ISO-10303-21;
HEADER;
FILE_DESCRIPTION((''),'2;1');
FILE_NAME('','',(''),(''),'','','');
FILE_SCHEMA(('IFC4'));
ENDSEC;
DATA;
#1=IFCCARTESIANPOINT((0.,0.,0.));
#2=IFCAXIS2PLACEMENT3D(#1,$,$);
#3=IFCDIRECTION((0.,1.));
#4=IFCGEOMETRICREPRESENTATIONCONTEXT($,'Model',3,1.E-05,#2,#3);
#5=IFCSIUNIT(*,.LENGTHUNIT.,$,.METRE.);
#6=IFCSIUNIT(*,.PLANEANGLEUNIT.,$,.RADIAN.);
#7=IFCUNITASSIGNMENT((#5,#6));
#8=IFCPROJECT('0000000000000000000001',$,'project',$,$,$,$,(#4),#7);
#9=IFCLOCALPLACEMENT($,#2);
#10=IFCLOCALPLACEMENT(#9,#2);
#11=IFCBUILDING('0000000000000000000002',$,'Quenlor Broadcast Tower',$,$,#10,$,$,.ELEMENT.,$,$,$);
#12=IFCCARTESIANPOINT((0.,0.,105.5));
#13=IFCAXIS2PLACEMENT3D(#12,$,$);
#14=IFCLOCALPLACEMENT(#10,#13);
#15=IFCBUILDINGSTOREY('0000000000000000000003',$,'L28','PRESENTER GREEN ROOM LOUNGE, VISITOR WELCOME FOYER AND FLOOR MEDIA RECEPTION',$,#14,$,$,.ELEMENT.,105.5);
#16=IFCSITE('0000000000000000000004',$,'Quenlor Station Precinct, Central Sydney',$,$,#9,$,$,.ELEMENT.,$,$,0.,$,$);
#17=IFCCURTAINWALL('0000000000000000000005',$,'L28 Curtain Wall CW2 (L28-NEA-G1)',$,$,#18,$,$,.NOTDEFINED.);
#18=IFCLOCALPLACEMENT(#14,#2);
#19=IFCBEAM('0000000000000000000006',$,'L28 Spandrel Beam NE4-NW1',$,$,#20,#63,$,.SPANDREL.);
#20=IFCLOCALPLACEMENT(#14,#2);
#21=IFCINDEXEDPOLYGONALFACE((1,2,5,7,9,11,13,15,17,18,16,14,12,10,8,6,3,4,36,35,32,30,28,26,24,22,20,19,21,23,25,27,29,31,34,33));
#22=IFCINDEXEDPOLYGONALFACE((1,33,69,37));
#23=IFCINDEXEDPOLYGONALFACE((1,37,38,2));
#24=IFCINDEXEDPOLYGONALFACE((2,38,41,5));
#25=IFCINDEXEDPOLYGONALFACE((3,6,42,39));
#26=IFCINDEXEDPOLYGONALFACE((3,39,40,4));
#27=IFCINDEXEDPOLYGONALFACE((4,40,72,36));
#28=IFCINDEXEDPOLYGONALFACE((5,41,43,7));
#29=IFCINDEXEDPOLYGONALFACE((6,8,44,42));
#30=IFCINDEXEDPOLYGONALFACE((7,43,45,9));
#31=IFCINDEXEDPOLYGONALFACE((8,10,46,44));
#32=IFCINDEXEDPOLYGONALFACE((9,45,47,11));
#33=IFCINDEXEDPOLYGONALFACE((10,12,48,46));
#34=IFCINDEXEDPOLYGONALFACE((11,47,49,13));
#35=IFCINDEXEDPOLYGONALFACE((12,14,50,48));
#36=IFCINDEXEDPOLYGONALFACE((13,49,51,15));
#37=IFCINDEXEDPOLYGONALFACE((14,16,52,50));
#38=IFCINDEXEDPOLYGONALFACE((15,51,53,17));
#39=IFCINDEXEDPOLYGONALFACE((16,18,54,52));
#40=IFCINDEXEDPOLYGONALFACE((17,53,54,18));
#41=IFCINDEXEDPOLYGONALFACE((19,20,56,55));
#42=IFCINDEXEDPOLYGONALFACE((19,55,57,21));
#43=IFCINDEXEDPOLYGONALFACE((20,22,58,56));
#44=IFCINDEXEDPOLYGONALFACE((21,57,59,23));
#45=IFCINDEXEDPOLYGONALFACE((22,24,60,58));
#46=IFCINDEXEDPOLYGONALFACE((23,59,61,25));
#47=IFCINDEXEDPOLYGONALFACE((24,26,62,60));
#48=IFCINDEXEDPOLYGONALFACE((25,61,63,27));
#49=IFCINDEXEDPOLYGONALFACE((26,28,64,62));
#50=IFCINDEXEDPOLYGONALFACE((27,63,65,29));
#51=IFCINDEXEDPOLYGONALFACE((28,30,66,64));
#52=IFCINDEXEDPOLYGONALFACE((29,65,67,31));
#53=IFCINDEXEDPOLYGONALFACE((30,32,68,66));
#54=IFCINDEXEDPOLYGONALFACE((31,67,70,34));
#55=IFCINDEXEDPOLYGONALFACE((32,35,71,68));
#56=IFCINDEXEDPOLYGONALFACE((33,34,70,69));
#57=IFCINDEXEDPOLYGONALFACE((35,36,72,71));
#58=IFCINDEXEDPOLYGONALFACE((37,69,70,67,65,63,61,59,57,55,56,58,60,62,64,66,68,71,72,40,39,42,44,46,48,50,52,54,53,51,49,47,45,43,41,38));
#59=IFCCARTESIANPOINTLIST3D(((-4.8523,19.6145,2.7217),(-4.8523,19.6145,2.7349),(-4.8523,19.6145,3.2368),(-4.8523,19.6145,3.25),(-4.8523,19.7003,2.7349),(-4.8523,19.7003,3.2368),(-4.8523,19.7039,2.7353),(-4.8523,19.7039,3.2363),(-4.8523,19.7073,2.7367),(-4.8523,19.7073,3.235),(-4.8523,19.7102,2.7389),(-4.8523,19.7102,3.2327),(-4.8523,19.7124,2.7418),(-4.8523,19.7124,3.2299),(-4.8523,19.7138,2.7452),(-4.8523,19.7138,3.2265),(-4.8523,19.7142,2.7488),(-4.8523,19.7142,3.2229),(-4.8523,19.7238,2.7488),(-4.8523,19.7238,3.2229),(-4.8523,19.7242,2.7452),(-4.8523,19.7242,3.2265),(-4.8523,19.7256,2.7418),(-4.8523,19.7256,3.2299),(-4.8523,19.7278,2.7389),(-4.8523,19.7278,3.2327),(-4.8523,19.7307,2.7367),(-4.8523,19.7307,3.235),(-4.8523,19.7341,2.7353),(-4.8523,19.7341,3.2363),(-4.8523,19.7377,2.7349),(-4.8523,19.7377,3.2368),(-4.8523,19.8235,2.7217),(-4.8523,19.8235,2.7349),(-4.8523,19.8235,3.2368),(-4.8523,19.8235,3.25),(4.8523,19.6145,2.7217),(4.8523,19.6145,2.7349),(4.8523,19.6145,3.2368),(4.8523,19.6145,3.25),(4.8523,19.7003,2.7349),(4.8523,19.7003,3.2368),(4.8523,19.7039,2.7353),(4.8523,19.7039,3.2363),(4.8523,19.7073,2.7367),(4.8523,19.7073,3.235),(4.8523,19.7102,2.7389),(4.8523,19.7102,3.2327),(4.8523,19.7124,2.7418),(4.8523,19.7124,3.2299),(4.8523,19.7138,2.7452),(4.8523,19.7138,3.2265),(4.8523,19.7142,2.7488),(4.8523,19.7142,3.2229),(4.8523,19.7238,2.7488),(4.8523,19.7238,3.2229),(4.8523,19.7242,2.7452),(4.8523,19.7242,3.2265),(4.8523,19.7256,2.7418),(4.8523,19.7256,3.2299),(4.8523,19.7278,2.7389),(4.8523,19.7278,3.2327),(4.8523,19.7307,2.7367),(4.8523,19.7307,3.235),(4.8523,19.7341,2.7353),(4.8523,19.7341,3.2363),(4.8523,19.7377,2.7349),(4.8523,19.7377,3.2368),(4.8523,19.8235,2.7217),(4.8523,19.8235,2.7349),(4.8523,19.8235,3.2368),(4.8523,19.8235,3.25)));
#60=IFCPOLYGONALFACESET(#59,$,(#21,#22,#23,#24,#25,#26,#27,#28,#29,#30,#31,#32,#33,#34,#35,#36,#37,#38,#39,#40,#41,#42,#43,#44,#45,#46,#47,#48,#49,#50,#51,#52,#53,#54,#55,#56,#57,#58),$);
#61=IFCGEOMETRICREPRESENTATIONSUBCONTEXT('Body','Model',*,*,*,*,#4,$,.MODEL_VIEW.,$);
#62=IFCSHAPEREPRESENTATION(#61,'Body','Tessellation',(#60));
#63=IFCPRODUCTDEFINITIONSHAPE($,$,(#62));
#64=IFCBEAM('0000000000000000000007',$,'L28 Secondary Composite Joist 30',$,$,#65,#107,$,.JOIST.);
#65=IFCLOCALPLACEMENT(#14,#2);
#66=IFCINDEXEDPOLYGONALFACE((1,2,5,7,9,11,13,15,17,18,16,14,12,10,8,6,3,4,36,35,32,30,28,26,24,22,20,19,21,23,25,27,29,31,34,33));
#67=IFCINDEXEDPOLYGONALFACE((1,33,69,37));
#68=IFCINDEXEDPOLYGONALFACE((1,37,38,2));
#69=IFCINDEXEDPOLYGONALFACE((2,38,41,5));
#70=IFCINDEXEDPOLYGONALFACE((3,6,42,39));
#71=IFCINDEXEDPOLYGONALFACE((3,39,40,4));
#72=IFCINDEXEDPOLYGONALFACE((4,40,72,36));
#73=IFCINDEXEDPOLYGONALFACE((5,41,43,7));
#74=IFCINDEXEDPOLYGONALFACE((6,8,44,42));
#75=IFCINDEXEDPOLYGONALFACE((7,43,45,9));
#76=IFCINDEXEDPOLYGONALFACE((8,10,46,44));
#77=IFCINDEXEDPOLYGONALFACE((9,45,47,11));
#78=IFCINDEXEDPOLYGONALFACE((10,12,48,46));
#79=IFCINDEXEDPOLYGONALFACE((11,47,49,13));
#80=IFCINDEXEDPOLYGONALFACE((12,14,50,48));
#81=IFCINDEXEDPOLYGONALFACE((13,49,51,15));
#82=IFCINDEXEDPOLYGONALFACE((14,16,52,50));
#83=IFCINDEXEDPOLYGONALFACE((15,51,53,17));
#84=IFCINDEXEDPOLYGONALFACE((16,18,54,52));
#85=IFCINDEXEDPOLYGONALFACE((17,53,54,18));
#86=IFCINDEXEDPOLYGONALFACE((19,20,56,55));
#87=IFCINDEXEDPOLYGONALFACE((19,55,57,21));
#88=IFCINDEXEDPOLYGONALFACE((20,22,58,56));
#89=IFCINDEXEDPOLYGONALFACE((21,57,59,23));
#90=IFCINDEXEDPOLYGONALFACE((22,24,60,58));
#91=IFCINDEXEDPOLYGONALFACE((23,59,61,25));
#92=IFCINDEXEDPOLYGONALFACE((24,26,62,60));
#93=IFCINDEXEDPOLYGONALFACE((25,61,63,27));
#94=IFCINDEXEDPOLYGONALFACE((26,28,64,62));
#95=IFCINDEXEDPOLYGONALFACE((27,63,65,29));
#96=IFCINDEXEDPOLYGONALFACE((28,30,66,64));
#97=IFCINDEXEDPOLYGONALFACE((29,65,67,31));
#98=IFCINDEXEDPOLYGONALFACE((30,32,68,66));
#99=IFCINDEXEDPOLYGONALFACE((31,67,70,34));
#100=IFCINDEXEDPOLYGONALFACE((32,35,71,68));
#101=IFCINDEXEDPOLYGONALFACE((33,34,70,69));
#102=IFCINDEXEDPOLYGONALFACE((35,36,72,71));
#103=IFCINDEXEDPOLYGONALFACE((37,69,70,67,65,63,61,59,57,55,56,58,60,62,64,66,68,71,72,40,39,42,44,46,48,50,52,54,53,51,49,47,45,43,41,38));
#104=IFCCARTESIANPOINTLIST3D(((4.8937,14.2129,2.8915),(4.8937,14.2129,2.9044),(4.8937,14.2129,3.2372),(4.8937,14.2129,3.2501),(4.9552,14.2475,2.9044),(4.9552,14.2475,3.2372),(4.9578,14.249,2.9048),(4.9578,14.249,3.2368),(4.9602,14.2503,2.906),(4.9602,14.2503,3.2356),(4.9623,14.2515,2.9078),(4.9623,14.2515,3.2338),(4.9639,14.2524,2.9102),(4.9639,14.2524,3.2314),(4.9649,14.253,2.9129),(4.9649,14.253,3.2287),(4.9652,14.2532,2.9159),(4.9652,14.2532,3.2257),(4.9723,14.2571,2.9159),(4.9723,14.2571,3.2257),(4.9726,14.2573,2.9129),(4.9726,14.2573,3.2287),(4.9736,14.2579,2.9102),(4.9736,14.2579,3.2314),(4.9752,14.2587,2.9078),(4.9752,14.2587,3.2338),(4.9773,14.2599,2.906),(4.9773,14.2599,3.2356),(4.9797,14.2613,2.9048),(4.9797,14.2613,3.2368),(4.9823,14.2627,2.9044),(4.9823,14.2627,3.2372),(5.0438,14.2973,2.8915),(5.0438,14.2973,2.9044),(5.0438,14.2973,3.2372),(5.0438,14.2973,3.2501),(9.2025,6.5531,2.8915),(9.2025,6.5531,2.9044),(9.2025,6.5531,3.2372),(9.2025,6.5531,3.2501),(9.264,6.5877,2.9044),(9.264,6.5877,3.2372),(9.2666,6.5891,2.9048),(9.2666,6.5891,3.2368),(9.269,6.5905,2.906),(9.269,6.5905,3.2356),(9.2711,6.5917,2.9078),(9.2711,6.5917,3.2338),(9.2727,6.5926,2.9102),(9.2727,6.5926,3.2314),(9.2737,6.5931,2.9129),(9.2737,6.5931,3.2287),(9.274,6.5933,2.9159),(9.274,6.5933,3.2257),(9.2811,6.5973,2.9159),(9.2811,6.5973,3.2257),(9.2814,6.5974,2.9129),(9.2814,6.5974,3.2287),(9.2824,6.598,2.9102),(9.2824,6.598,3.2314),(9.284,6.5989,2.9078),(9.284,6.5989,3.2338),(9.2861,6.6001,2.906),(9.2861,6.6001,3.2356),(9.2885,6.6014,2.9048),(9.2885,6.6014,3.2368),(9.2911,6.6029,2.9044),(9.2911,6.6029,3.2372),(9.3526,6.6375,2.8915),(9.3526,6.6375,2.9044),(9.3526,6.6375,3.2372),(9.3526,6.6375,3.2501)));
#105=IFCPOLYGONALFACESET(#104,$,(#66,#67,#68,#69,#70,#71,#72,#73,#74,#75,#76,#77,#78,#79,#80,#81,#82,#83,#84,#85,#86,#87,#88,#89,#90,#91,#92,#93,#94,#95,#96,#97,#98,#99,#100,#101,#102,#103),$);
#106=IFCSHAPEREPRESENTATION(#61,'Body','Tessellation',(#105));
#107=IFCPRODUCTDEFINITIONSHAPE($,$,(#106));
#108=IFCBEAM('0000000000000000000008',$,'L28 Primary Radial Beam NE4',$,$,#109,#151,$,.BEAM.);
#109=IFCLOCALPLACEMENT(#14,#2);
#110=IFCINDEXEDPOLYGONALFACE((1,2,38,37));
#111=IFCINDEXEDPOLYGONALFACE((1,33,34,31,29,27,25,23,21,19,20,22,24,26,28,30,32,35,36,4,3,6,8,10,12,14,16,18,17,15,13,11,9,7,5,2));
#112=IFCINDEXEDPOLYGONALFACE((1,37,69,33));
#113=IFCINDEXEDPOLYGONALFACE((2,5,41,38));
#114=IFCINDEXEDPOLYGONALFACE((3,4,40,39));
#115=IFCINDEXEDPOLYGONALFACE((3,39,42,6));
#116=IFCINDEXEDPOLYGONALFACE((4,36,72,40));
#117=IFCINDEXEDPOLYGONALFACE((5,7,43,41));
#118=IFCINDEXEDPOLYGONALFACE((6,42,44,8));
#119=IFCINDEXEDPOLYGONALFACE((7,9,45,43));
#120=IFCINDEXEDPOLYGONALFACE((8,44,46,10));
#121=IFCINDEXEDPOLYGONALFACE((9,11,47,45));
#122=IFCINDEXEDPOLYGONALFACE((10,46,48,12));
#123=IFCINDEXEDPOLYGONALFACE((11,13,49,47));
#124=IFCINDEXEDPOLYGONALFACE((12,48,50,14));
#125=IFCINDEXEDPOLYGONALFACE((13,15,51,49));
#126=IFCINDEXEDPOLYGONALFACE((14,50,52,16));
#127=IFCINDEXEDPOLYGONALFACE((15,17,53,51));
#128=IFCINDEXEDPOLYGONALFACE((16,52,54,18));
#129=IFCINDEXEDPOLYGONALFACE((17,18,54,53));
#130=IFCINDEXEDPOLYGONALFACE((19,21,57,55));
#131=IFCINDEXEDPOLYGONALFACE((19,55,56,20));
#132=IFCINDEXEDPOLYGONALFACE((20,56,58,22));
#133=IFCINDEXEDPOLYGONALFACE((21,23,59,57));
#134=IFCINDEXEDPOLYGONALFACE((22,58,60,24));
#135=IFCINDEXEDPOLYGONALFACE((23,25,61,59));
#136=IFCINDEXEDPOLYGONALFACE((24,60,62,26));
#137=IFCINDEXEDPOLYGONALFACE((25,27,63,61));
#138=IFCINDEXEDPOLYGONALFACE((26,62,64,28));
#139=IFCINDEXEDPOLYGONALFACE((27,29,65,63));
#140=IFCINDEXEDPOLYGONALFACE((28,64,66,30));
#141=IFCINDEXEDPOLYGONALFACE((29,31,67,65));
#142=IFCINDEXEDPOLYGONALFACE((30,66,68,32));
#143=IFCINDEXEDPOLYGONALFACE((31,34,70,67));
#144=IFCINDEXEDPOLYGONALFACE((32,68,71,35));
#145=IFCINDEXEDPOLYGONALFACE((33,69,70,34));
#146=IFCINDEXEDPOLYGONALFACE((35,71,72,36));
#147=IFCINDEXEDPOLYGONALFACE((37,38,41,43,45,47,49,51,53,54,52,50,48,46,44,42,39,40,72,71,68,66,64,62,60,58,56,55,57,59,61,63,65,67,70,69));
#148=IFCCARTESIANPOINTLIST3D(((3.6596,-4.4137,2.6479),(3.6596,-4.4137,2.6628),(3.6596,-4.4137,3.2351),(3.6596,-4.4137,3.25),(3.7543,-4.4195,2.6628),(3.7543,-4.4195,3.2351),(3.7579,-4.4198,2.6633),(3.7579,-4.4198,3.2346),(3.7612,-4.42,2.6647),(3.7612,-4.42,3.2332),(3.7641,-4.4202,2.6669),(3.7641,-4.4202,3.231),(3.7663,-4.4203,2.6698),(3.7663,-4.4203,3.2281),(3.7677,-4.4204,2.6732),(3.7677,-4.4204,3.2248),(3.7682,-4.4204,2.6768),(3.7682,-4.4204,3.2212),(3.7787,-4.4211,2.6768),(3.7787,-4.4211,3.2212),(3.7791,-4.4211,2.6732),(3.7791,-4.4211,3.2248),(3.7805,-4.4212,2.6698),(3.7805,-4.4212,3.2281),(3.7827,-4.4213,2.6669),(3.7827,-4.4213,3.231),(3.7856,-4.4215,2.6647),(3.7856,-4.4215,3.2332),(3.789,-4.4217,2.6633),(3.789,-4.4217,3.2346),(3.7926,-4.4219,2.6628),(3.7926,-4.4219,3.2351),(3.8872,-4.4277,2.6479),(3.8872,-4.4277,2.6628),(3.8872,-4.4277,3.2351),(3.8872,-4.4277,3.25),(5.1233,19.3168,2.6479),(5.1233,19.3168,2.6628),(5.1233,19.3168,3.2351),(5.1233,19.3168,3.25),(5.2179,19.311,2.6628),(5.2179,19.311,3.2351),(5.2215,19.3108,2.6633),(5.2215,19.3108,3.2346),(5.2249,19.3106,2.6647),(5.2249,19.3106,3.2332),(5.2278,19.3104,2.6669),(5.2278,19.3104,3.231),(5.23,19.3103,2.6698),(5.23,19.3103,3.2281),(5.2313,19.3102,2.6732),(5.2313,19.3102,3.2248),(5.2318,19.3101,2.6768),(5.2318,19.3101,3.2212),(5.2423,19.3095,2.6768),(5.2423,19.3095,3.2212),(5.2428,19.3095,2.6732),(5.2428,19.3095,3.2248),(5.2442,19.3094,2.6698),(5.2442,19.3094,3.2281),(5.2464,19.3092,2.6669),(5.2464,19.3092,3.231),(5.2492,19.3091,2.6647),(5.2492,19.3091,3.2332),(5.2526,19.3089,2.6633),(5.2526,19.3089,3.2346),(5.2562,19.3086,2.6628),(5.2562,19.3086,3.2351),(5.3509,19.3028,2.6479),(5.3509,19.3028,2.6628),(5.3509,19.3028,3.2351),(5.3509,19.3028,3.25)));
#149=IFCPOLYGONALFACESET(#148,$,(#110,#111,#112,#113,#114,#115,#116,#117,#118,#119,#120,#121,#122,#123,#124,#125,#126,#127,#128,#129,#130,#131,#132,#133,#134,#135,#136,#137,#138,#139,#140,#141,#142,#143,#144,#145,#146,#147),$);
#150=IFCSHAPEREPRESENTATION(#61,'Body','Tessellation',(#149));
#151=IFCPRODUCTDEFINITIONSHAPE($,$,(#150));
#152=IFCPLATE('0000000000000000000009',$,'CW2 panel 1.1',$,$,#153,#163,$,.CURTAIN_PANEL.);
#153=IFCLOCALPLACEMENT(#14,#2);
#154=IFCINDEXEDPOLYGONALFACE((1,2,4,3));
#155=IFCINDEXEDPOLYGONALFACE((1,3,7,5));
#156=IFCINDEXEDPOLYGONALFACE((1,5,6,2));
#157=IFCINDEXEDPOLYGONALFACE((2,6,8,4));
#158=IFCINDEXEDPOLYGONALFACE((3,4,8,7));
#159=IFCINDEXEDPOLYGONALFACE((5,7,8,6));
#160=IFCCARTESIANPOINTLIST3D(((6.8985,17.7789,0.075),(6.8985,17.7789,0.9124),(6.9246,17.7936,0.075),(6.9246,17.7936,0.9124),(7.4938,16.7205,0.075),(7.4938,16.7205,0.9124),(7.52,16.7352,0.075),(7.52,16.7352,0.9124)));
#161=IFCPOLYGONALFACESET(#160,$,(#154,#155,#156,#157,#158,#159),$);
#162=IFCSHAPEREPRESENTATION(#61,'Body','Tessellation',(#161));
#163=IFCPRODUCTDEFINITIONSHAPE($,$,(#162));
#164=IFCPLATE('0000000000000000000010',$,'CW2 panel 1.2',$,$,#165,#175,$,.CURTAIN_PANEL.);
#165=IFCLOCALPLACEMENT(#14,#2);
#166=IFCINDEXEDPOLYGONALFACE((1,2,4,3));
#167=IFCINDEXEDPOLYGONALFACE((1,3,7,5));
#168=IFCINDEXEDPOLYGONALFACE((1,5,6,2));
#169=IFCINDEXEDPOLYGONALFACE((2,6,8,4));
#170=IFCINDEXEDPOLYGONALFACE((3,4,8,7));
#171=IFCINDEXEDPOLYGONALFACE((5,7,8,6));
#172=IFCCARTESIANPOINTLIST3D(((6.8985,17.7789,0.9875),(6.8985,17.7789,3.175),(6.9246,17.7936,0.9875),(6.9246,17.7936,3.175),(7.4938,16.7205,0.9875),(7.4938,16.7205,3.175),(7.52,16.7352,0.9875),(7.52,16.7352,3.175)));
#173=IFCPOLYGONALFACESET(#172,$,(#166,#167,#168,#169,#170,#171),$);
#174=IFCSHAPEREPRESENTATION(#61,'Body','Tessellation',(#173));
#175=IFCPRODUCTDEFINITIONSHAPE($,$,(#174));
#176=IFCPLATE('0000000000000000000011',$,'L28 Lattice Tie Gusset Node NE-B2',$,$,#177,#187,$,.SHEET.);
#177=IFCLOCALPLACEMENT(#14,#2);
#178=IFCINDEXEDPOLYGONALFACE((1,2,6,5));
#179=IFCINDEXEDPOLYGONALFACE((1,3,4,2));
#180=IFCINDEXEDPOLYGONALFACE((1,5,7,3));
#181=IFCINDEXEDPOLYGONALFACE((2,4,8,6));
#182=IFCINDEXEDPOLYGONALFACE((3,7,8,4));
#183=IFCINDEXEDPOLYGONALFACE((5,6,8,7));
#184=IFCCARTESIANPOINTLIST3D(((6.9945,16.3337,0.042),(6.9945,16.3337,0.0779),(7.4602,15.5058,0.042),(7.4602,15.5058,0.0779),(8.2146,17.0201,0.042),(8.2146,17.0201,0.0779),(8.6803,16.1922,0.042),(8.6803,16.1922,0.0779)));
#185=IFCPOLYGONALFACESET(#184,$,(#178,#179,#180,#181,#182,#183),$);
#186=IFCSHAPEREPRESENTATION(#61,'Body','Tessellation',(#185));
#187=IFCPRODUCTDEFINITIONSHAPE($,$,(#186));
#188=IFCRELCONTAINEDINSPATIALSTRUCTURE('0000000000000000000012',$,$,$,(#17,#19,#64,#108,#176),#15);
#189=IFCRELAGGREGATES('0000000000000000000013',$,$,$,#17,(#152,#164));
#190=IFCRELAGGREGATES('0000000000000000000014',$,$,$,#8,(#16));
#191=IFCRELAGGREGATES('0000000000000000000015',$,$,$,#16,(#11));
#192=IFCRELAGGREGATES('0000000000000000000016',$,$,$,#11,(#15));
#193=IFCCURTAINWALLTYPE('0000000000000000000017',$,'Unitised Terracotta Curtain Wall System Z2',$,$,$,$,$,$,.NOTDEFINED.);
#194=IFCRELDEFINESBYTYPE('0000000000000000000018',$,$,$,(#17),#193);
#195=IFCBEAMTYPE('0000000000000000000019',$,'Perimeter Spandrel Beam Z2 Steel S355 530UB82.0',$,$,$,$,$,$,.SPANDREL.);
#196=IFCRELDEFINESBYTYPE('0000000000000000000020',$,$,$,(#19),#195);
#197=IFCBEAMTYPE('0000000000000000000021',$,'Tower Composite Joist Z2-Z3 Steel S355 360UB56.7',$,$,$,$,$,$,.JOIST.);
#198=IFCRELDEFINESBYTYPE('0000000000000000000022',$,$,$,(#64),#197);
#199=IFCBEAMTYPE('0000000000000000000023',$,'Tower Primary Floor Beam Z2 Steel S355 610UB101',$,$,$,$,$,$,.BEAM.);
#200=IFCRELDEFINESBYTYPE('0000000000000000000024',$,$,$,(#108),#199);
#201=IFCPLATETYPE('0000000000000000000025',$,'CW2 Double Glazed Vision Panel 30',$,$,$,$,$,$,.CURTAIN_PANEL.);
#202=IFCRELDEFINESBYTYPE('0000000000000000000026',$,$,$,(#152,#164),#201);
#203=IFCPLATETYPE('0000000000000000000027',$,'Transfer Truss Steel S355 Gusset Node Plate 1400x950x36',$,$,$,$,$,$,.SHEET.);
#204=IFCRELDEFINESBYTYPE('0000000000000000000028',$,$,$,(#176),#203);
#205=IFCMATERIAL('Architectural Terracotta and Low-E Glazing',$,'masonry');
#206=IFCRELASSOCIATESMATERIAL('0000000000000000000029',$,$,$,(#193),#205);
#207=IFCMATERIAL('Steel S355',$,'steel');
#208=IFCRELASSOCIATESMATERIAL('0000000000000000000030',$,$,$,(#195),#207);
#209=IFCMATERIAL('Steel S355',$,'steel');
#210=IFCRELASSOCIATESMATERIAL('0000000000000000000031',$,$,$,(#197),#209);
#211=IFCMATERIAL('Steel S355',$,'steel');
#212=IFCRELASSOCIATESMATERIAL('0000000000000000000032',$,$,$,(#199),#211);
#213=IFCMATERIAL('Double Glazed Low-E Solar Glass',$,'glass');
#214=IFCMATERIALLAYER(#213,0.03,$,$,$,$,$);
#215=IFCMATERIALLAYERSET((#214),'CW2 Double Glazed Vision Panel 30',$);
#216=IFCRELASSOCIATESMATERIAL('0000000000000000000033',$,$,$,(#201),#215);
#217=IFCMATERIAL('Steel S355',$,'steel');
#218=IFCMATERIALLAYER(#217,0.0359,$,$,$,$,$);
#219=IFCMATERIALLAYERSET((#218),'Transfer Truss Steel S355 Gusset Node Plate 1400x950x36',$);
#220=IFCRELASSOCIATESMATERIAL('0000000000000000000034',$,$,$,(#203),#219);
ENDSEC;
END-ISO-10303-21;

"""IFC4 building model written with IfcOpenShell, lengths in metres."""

from ifc_helpers import new_model, si_unit, direction, frame, origin, origin_2d, place, context, subcontext, project, spatial, rectangle, i_section, extrude, material, layer, layer_set, material_profile, profile_set, type_object, element, aggregate, save


model = new_model("IFC4")

# Units and contexts
model_context = context("Model", 3, precision=1e-05, world=origin(), true_north=direction((0.0, 1.0)))
body_context = subcontext(model_context, "Body", "Model", "MODEL_VIEW")
ifc_project = project(units=[si_unit("LENGTHUNIT", "METRE"), si_unit("PLANEANGLEUNIT", "RADIAN")], contexts=[model_context])

# Site, building, storey
site_placement = place(None, origin())
site = spatial("IfcSite", under=ifc_project, at=site_placement, Name="Quenlor Station Precinct, Central Sydney", CompositionType="ELEMENT", RefElevation=0.0)
building_placement = place(site_placement, origin())
building = spatial("IfcBuilding", under=site, at=building_placement, Name="Quenlor Broadcast Tower", CompositionType="ELEMENT")
storey_placement = place(building_placement, frame((0.0, 0.0, 105.5)))
storey = spatial("IfcBuildingStorey", under=building, at=storey_placement, Name="L28", Description="PRESENTER GREEN ROOM LOUNGE, VISITOR WELCOME FOYER AND FLOOR MEDIA RECEPTION", CompositionType="ELEMENT", Elevation=105.5)

# Curtain wall
ifc_material_1 = material(Name="Architectural Terracotta and Low-E Glazing", Category="masonry")
curtain_wall_type = type_object("IfcCurtainWallType", Name="Unitised Terracotta Curtain Wall System Z2", PredefinedType="NOTDEFINED", material=ifc_material_1)
curtain_wall_1_placement = place(storey_placement, origin())
curtain_wall_1 = element("IfcCurtainWall", 1, at=curtain_wall_1_placement, inside=storey, type_object=curtain_wall_type, Name="L28 Curtain Wall CW2 (L28-NEA-G1)", PredefinedType="NOTDEFINED")

# Beams
ifc_material_2 = material(Name="Steel S355", Category="steel")
ifc_material_profile_1 = material_profile(ifc_material_2, i_section(OverallWidth=0.209, OverallDepth=0.5283, WebThickness=0.0095, FlangeThickness=0.0132, FilletRadius=0.0139, at=origin_2d()))
ifc_profile_set_1 = profile_set([ifc_material_profile_1], Name="Steel S355 530UB82.0")
beam_type_1 = type_object("IfcBeamType", Name="Perimeter Spandrel Beam Z2 Steel S355 530UB82.0", PredefinedType="SPANDREL", material=ifc_profile_set_1)
beam_1_placement = place(storey_placement, frame((4.8523, 19.719, 2.9858), z_axis=(-1.0, 0.0, 0.0), x_axis=(0.0, -1.0, 0.0)))
element("IfcBeam", 2, at=beam_1_placement, inside=storey, type_object=beam_type_1, Name="L28 Spandrel Beam NE4-NW1", PredefinedType="SPANDREL", context=body_context, shape_type="SweptSolid", body=[
    extrude(i_section(OverallWidth=0.209, OverallDepth=0.5283, WebThickness=0.0095, FlangeThickness=0.0132, FilletRadius=0.0139, at=origin_2d()), origin(), (0.0, 0.0, 1.0), 9.7046),
])
ifc_material_3 = material(Name="Steel S355", Category="steel")
ifc_material_profile_2 = material_profile(ifc_material_3, i_section(OverallWidth=0.1721, OverallDepth=0.3586, WebThickness=0.0081, FlangeThickness=0.0129, FilletRadius=0.0115, at=origin_2d()))
ifc_profile_set_2 = profile_set([ifc_material_profile_2], Name="Steel S355 360UB56.7")
beam_type_2 = type_object("IfcBeamType", Name="Tower Composite Joist Z2-Z3 Steel S355 360UB56.7", PredefinedType="JOIST", material=ifc_profile_set_2)
beam_2_placement = place(storey_placement, frame((4.9688, 14.2551, 3.0708), z_axis=(0.490273, -0.871569, 0.0), x_axis=(0.871569, 0.490273, 0.0)))
element("IfcBeam", 3, at=beam_2_placement, inside=storey, type_object=beam_type_2, Name="L28 Secondary Composite Joist 30", PredefinedType="JOIST", context=body_context, shape_type="SweptSolid", body=[
    extrude(i_section(OverallWidth=0.1721, OverallDepth=0.3586, WebThickness=0.0081, FlangeThickness=0.0129, FilletRadius=0.0115, at=origin_2d()), origin(), (0.0, 0.0, 1.0), 8.7886),
])
ifc_material_4 = material(Name="Steel S355", Category="steel")
ifc_material_profile_3 = material_profile(ifc_material_4, i_section(OverallWidth=0.228, OverallDepth=0.6021, WebThickness=0.0105, FlangeThickness=0.0149, FilletRadius=0.0139, at=origin_2d()))
ifc_profile_set_3 = profile_set([ifc_material_profile_3], Name="Steel S355 610UB101")
beam_type_3 = type_object("IfcBeamType", Name="Tower Primary Floor Beam Z2 Steel S355 610UB101", PredefinedType="BEAM", material=ifc_profile_set_3)
beam_3_placement = place(storey_placement, frame((5.2371, 19.3098, 2.949), z_axis=(-0.06156, -0.998103, 0.0), x_axis=(0.998103, -0.06156, 0.0)))
element("IfcBeam", 4, at=beam_3_placement, inside=storey, type_object=beam_type_3, Name="L28 Primary Radial Beam NE4", PredefinedType="BEAM", context=body_context, shape_type="SweptSolid", body=[
    extrude(i_section(OverallWidth=0.228, OverallDepth=0.6021, WebThickness=0.0105, FlangeThickness=0.0149, FilletRadius=0.0139, at=origin_2d()), origin(), (0.0, 0.0, 1.0), 23.7756),
])

# Plates
ifc_material_5 = material(Name="Double Glazed Low-E Solar Glass", Category="glass")
ifc_layer_1 = layer(ifc_material_5, 0.03)
ifc_layer_set_1 = layer_set([ifc_layer_1], Name="CW2 Double Glazed Vision Panel 30")
plate_type_1 = type_object("IfcPlateType", Name="CW2 Double Glazed Vision Panel 30", PredefinedType="CURTAIN_PANEL", material=ifc_layer_set_1)
plate_1_placement = place(storey_placement, frame((7.2092, 17.2571, 0.075), z_axis=(0.0, 0.0, 1.0), x_axis=(0.490247, -0.871583, 0.0)))
plate_1 = element("IfcPlate", 5, at=plate_1_placement, type_object=plate_type_1, Name="CW2 panel 1.1", PredefinedType="CURTAIN_PANEL", context=body_context, shape_type="SweptSolid", body=[
    extrude(rectangle(XDim=1.2144, YDim=0.03, at=origin_2d()), origin(), (0.0, 0.0, 1.0), 0.8374),
])
plate_2_placement = place(storey_placement, frame((7.2092, 17.2571, 0.9875), z_axis=(0.0, 0.0, 1.0), x_axis=(0.490247, -0.871583, 0.0)))
plate_2 = element("IfcPlate", 6, at=plate_2_placement, type_object=plate_type_1, Name="CW2 panel 1.2", PredefinedType="CURTAIN_PANEL", context=body_context, shape_type="SweptSolid", body=[
    extrude(rectangle(XDim=1.2144, YDim=0.03, at=origin_2d()), origin(), (0.0, 0.0, 1.0), 2.1875),
])
aggregate(curtain_wall_1, [plate_1, plate_2])

# Plate
ifc_material_6 = material(Name="Steel S355", Category="steel")
ifc_layer_2 = layer(ifc_material_6, 0.0359)
ifc_layer_set_2 = layer_set([ifc_layer_2], Name="Transfer Truss Steel S355 Gusset Node Plate 1400x950x36")
plate_type_2 = type_object("IfcPlateType", Name="Transfer Truss Steel S355 Gusset Node Plate 1400x950x36", PredefinedType="SHEET", material=ifc_layer_set_2)
for number, where, z_axis, x_axis, name in (
    (7, (7.8374, 16.2629, 0.042), (0.0, 0.0, 1.0), (0.871556, 0.490295, 0.0), "L28 Lattice Tie Gusset Node NE-B2"),
):
    element("IfcPlate", number, at=place(storey_placement, frame(where, z_axis=z_axis, x_axis=x_axis)), inside=storey, type_object=plate_type_2, Name=name, PredefinedType="SHEET", context=body_context, shape_type="SweptSolid", body=[
        extrude(rectangle(XDim=1.3999, YDim=0.95, at=origin_2d()), origin(), (0.0, 0.0, 1.0), 0.0359),
    ])

save(model, "model.ifc")
